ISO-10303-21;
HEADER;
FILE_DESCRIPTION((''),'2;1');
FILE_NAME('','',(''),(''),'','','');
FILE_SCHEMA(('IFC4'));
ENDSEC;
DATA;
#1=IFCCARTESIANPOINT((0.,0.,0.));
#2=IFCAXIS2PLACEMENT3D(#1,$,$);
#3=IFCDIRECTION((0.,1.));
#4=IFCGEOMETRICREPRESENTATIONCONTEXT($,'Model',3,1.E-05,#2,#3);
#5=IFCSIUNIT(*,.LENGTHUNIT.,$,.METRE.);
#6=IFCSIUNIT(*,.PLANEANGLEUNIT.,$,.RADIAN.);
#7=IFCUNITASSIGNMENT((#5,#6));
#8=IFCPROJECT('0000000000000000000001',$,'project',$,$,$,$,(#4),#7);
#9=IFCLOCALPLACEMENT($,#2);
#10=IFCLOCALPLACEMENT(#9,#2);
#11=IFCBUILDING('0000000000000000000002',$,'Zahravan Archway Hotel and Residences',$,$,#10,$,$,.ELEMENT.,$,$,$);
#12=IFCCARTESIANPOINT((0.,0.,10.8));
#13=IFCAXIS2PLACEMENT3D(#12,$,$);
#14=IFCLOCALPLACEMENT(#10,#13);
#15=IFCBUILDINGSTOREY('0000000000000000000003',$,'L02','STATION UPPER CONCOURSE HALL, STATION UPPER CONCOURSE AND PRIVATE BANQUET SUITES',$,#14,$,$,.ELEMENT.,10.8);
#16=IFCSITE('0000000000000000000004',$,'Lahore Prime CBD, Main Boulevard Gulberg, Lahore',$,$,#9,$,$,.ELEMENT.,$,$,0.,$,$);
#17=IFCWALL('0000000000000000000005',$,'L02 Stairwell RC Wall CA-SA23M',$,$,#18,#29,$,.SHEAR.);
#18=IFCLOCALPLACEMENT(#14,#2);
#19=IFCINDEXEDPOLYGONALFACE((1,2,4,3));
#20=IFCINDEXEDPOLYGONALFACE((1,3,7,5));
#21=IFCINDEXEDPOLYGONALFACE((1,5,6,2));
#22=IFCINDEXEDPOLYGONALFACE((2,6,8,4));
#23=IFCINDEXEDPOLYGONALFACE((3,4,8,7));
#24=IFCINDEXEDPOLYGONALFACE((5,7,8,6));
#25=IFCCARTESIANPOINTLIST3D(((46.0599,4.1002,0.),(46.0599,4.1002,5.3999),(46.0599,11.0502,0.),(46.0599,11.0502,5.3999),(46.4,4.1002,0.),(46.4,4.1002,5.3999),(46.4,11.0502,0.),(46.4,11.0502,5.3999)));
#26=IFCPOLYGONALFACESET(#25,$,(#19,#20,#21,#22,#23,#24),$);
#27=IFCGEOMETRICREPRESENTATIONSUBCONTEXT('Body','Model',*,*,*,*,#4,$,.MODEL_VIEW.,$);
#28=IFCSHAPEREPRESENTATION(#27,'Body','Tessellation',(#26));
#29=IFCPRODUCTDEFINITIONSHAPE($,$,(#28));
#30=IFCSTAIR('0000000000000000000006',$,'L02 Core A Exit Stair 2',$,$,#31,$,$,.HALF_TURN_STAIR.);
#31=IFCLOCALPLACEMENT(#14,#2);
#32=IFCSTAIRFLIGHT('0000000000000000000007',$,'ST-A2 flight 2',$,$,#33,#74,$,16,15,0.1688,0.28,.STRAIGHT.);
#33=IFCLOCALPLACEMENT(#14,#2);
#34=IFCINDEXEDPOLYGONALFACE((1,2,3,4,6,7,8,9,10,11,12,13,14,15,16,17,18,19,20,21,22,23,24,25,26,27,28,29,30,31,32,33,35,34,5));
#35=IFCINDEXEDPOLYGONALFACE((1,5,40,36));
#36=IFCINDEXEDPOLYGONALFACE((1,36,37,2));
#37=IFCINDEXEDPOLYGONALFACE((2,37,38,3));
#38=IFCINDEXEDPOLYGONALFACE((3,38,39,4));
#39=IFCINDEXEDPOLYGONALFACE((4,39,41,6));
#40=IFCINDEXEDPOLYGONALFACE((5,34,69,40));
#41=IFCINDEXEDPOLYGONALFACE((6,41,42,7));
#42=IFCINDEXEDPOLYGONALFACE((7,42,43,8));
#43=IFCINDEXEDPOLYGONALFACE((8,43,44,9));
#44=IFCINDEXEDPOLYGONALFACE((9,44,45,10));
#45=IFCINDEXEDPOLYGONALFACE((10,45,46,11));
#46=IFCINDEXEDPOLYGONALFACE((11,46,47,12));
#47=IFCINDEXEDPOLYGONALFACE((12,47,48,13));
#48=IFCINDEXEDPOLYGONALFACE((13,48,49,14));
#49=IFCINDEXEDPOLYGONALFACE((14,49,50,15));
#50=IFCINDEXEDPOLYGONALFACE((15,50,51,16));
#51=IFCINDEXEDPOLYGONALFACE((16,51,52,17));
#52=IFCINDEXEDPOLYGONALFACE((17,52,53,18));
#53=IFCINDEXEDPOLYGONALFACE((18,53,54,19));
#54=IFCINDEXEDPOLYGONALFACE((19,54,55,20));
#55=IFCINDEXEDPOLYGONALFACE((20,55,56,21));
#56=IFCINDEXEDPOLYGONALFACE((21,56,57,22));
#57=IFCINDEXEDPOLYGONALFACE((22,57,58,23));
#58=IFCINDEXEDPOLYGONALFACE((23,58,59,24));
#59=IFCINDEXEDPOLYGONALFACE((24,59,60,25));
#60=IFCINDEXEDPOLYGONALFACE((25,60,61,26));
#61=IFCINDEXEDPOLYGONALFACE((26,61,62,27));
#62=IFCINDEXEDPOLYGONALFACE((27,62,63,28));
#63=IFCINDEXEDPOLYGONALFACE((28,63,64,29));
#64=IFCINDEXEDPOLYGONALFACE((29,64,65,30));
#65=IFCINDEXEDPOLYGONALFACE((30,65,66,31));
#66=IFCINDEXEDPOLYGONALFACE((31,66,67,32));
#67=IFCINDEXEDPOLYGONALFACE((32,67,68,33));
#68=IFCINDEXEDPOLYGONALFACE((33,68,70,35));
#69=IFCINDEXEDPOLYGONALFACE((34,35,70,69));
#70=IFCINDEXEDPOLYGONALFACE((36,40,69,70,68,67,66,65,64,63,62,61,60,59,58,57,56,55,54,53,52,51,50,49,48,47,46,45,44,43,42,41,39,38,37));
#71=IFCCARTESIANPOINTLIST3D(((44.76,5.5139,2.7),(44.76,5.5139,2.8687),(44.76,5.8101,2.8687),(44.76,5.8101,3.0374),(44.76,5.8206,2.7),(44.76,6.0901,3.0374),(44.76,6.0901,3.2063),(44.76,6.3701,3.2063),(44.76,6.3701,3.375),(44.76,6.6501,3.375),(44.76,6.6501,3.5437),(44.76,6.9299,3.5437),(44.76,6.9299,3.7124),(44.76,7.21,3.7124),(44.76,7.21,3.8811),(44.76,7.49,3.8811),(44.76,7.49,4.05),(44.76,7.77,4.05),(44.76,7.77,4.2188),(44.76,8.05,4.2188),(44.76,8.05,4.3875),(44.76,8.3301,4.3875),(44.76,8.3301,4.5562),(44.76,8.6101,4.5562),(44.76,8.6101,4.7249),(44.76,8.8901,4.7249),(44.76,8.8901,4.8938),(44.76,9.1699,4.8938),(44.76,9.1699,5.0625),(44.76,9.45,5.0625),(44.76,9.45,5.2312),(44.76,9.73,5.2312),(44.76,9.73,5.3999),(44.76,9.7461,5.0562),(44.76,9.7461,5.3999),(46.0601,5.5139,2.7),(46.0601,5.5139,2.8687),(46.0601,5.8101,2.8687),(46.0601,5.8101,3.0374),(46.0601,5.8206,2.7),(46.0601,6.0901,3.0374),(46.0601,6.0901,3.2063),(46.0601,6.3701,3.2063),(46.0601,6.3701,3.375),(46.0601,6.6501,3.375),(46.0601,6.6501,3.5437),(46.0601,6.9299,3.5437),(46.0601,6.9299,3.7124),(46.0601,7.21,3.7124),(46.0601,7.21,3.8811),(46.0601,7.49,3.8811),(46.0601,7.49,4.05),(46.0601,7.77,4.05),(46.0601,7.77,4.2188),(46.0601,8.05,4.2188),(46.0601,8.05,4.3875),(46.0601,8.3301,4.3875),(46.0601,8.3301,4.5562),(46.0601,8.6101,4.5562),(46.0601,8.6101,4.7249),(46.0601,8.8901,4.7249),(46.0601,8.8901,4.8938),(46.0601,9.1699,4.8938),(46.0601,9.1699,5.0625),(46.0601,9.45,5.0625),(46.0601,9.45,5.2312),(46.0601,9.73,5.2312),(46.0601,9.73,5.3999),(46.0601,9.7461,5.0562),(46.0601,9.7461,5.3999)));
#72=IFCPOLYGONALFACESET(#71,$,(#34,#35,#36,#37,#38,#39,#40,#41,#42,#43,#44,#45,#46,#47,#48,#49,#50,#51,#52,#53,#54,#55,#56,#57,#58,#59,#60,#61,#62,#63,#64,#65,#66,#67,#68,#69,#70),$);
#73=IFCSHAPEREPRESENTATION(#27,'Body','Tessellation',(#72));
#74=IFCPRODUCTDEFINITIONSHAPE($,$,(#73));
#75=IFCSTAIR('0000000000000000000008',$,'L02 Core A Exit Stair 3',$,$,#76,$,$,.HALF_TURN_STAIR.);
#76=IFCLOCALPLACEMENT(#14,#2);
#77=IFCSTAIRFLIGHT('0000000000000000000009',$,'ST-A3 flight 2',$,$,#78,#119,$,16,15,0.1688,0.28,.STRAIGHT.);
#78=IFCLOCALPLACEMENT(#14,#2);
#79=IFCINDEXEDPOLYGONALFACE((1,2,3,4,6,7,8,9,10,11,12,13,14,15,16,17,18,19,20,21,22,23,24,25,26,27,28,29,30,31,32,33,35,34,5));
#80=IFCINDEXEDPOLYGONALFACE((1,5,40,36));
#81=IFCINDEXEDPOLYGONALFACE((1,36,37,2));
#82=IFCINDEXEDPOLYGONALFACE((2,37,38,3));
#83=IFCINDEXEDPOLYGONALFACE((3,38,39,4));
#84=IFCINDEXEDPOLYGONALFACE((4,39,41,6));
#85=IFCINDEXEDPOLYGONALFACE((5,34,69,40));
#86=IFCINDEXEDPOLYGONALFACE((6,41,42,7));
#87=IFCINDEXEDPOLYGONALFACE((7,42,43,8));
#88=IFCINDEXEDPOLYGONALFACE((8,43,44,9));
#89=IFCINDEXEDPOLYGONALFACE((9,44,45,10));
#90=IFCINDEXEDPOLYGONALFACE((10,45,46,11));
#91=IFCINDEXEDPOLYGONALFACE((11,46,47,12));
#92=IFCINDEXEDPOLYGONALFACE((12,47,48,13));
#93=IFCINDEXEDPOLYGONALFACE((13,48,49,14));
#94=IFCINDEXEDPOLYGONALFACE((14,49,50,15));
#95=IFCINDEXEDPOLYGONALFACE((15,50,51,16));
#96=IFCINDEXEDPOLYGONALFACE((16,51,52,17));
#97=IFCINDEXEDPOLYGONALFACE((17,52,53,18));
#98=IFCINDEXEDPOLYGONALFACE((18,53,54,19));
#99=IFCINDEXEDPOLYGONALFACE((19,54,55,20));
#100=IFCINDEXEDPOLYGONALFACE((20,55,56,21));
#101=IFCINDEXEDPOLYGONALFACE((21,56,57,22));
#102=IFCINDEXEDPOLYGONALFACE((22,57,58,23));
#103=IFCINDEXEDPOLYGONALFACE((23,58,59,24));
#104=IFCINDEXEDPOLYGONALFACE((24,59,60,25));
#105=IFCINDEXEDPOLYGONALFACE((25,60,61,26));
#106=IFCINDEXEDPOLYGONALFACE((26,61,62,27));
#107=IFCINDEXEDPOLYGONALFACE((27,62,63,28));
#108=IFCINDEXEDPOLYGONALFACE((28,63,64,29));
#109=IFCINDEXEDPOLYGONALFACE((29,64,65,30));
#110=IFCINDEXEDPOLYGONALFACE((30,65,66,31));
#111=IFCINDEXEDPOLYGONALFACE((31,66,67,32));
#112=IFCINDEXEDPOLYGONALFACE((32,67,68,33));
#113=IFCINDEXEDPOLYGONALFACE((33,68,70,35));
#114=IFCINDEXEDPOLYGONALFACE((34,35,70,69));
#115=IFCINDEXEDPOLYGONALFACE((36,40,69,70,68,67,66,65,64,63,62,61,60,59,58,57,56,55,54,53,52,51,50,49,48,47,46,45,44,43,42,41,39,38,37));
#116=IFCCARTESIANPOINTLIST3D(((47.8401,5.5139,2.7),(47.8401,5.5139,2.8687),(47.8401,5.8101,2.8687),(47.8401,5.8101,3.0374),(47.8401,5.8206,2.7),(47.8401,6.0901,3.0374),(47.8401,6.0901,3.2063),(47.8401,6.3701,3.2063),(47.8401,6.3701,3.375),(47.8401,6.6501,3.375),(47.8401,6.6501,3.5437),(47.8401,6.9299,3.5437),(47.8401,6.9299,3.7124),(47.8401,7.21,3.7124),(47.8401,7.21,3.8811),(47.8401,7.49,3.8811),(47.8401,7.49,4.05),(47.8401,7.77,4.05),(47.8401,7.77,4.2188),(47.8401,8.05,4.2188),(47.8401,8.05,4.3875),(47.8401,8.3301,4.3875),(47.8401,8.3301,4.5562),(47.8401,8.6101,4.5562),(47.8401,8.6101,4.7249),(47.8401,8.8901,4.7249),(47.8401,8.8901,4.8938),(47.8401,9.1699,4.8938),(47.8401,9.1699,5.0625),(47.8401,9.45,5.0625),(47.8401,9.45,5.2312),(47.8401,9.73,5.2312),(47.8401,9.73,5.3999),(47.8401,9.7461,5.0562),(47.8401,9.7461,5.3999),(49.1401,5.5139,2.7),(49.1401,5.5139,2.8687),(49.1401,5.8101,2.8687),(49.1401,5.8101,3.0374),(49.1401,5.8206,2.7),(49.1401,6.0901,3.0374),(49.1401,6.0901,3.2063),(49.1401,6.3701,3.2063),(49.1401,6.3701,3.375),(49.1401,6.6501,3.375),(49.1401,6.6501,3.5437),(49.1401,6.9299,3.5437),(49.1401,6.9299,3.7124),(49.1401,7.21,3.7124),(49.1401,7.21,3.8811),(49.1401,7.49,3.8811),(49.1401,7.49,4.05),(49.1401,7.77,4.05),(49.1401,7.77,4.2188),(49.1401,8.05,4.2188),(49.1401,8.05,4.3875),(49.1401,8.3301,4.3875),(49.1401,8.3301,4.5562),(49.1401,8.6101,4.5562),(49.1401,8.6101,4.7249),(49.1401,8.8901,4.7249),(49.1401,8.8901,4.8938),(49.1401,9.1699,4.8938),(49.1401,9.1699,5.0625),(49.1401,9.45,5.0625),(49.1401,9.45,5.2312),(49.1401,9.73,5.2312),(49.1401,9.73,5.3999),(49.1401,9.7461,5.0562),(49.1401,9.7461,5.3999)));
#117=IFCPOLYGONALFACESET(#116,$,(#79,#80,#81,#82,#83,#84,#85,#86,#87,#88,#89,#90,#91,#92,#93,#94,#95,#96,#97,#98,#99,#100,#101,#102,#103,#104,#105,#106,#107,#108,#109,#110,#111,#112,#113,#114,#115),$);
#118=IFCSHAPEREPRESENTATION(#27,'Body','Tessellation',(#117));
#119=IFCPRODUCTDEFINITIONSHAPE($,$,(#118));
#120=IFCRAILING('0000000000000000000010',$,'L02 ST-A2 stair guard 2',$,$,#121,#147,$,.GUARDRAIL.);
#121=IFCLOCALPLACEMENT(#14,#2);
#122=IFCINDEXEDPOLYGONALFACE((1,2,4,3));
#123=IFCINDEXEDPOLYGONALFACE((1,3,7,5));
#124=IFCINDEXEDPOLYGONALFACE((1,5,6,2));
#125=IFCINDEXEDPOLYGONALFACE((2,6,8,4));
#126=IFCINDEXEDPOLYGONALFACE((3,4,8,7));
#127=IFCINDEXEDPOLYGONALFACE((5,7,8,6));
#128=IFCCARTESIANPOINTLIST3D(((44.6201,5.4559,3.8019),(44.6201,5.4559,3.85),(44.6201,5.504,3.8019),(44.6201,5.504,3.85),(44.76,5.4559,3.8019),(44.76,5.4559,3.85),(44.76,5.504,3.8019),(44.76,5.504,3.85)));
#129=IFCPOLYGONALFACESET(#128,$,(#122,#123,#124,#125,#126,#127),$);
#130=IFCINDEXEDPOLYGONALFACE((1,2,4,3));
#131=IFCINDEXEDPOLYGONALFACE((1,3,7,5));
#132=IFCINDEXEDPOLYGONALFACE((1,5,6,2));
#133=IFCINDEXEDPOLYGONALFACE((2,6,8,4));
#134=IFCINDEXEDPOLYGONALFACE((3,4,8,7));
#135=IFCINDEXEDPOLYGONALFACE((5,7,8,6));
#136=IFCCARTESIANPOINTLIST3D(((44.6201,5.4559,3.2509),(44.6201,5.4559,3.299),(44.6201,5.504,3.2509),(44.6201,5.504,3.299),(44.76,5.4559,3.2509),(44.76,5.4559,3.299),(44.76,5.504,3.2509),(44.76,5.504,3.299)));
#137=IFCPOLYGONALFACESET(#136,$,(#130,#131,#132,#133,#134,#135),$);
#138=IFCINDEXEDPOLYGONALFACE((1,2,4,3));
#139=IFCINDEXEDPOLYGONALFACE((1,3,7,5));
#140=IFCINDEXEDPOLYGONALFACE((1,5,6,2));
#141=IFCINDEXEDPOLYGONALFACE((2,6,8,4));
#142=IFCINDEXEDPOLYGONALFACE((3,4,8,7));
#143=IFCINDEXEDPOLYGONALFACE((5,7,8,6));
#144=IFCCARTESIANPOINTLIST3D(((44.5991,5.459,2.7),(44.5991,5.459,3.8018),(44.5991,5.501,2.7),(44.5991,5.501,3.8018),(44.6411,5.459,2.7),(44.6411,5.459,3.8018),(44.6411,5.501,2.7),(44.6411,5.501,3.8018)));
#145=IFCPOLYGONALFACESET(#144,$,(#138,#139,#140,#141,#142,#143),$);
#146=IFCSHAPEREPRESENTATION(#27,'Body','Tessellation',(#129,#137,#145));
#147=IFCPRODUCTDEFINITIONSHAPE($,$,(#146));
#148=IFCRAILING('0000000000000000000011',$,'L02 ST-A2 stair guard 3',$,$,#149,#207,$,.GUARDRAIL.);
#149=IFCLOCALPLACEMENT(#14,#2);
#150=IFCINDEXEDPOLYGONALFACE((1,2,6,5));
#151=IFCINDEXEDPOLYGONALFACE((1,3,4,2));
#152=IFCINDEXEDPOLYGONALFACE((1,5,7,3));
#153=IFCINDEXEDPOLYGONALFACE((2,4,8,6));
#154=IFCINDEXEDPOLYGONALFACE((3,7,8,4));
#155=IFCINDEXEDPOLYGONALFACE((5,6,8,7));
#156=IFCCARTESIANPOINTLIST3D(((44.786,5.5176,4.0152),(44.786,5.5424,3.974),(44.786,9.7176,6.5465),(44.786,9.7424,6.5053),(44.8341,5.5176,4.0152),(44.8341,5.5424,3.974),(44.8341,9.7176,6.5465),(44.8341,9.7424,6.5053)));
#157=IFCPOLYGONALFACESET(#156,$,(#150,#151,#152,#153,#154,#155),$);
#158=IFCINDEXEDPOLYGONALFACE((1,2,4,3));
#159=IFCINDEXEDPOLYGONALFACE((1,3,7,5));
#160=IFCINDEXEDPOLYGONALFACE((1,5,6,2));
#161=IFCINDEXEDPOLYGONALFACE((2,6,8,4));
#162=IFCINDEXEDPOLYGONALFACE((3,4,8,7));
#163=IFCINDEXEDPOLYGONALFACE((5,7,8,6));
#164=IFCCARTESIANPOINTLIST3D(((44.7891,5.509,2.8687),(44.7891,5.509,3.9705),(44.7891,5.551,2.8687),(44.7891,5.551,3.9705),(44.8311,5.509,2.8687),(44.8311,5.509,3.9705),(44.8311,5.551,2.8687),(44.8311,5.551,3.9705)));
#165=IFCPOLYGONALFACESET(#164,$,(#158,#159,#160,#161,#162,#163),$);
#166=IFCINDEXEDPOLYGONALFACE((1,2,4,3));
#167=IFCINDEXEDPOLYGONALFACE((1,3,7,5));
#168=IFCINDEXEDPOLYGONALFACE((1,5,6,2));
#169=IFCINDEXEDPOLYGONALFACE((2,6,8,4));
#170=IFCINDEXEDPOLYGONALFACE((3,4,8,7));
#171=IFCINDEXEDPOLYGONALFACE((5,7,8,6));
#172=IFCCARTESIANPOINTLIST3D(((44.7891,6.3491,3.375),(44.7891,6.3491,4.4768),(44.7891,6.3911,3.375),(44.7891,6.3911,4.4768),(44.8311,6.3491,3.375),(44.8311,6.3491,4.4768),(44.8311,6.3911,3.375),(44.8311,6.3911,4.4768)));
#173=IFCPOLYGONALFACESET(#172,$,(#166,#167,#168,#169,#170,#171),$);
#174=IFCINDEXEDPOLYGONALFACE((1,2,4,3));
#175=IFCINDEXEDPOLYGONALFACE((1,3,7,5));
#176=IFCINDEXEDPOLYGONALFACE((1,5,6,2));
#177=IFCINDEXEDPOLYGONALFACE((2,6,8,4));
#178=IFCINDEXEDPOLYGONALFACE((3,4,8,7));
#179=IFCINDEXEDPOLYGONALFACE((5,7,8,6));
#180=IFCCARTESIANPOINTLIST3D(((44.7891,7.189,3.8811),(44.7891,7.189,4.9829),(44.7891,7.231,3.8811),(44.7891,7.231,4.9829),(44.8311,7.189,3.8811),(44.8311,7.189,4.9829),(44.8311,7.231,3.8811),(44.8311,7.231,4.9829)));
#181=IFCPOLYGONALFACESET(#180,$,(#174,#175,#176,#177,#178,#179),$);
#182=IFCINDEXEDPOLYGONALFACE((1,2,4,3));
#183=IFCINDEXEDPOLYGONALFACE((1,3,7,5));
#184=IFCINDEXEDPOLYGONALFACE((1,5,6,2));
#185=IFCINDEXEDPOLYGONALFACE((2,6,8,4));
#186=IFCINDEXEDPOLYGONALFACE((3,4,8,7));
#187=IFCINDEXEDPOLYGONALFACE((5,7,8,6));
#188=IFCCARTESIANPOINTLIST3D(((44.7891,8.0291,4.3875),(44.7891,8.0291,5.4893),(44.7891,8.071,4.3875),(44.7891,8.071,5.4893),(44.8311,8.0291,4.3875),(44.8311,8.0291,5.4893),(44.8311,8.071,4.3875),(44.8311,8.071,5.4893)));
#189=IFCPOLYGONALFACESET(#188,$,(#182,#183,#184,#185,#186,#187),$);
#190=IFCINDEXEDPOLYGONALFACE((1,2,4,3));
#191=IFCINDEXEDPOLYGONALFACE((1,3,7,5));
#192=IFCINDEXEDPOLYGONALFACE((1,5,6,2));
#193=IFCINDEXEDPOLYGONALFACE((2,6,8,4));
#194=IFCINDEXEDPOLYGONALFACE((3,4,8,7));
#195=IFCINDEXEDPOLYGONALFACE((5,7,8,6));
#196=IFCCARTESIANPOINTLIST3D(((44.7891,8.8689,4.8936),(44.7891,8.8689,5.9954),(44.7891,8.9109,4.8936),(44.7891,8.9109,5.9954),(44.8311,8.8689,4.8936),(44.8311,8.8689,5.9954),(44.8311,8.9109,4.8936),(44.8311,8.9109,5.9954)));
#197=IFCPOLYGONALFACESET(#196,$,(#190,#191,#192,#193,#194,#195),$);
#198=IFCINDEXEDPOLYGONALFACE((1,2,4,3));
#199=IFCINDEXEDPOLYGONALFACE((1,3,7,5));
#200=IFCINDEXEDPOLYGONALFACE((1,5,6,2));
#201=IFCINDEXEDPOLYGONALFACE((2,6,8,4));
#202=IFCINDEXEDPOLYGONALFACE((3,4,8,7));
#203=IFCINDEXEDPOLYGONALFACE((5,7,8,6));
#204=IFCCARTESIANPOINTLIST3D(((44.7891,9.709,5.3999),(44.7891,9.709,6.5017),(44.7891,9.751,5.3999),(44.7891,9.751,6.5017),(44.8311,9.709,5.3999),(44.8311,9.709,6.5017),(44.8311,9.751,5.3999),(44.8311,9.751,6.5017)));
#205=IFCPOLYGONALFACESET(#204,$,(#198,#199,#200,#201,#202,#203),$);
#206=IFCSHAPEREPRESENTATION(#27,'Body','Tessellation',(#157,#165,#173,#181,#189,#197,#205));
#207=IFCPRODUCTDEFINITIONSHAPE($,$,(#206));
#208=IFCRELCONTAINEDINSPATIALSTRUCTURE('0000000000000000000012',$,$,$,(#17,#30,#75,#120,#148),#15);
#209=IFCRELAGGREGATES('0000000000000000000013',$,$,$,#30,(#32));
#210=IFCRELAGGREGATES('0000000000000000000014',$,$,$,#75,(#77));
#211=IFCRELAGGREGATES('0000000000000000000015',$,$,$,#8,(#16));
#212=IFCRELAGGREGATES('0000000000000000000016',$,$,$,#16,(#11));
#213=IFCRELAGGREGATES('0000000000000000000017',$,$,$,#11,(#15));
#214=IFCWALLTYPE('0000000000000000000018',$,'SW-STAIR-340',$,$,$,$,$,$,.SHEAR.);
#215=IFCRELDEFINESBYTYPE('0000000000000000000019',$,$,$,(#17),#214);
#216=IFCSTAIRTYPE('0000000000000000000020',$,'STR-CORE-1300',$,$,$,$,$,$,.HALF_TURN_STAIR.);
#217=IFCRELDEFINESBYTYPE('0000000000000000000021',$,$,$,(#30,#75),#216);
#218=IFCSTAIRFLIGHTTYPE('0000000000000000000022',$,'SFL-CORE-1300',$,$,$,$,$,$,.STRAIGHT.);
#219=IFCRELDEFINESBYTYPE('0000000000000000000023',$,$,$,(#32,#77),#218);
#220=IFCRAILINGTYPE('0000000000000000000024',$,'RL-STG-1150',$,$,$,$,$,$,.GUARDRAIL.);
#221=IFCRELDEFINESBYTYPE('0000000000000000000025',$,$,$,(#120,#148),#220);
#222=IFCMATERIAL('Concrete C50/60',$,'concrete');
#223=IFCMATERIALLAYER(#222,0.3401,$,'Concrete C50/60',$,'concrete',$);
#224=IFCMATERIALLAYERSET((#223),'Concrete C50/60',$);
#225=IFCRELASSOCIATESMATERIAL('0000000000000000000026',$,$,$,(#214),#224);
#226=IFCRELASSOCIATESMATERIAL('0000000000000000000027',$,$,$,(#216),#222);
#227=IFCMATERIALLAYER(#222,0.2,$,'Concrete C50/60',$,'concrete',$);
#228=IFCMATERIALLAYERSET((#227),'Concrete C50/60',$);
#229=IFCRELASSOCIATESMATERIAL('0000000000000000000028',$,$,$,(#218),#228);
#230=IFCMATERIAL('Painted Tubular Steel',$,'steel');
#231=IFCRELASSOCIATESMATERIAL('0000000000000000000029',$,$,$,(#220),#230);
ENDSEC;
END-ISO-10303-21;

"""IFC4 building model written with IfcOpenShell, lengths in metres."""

from ifc_helpers import new_model, si_unit, direction, frame, frame_2d, origin, origin_2d, place, context, subcontext, project, spatial, polyline, rectangle, outline, extrude, source, transform, mapped, material, layer, layer_set, type_object, element, aggregate, save


model = new_model("IFC4")

# Units and contexts
model_context = context("Model", 3, precision=1e-05, world=origin(), true_north=direction((0.0, 1.0)))
body_context = subcontext(model_context, "Body", "Model", "MODEL_VIEW")
ifc_project = project(units=[si_unit("LENGTHUNIT", "METRE"), si_unit("PLANEANGLEUNIT", "RADIAN")], contexts=[model_context])

# Site, building, storey
site_placement = place(None, origin())
site = spatial("IfcSite", under=ifc_project, at=site_placement, Name="Lahore Prime CBD, Main Boulevard Gulberg, Lahore", CompositionType="ELEMENT", RefElevation=0.0)
building_placement = place(site_placement, origin())
building = spatial("IfcBuilding", under=site, at=building_placement, Name="Zahravan Archway Hotel and Residences", CompositionType="ELEMENT")
storey_placement = place(building_placement, frame((0.0, 0.0, 10.8)))
storey = spatial("IfcBuildingStorey", under=building, at=storey_placement, Name="L02", Description="STATION UPPER CONCOURSE HALL, STATION UPPER CONCOURSE AND PRIVATE BANQUET SUITES", CompositionType="ELEMENT", Elevation=10.8)

# Wall
ifc_material_1 = material(Name="Concrete C50/60", Category="concrete")
ifc_layer_1 = layer(ifc_material_1, 0.3401, Name="Concrete C50/60", Category="concrete")
ifc_layer_set_1 = layer_set([ifc_layer_1], Name="Concrete C50/60")
wall_type_1 = type_object("IfcWallType", Name="SW-STAIR-340", PredefinedType="SHEAR", material=ifc_layer_set_1)
wall_1_placement = place(storey_placement, frame((46.23, 4.1001, 0.0), z_axis=(0.0, 0.0, 1.0), x_axis=(0.0, 1.0, 0.0)))
element("IfcWall", 1, at=wall_1_placement, inside=storey, type_object=wall_type_1, Name="L02 Stairwell RC Wall CA-SA23M", PredefinedType="SHEAR", context=body_context, shape_type="SweptSolid", body=[
    extrude(rectangle(XDim=6.95, YDim=0.3401, at=frame_2d((3.4751, 0.0))), origin(), (0.0, 0.0, 1.0), 5.3999),
])

# Stairs, stair flights
stair_type = type_object("IfcStairType", Name="STR-CORE-1300", PredefinedType="HALF_TURN_STAIR", material=ifc_material_1)
stair_1_placement = place(storey_placement, origin())
stair_1 = element("IfcStair", 2, at=stair_1_placement, inside=storey, type_object=stair_type, Name="L02 Core A Exit Stair 2", PredefinedType="HALF_TURN_STAIR")
ifc_layer_2 = layer(ifc_material_1, 0.2, Name="Concrete C50/60", Category="concrete")
ifc_layer_set_2 = layer_set([ifc_layer_2], Name="Concrete C50/60")
stair_flight_type = type_object("IfcStairFlightType", Name="SFL-CORE-1300", PredefinedType="STRAIGHT", material=ifc_layer_set_2)
shared_shape_1 = source(origin(), body_context, "Body", "SweptSolid", [
    extrude(outline(polyline([(-0.0161, 0.0), (-0.0161, 0.1687), (0.28, 0.1687), (0.28, 0.3374), (0.5601, 0.3374), (0.5601, 0.5063), (0.8401, 0.5063), (0.8401, 0.675), (1.1201, 0.675), (1.1201, 0.8438), (1.3999, 0.8438), (1.3999, 1.0125), (1.6799, 1.0125), (1.6799, 1.1812), (1.96, 1.1812), (1.96, 1.3501), (2.24, 1.3501), (2.24, 1.5188), (2.52, 1.5188), (2.52, 1.6875), (2.8, 1.6875), (2.8, 1.8562), (3.0801, 1.8562), (3.0801, 2.0249), (3.3601, 2.0249), (3.3601, 2.1938), (3.6399, 2.1938), (3.6399, 2.3625), (3.9199, 2.3625), (3.9199, 2.5312), (4.2, 2.5312), (4.2, 2.7), (4.2161, 2.7), (4.2161, 2.3562), (0.2905, 0.0), (-0.0161, 0.0)])), frame((0.0, 0.6499, 0.0), z_axis=(0.0, -1.0, 0.0), x_axis=(1.0, 0.0, 0.0)), (0.0, 0.0, 1.0), 1.3),
])
stair_flight_1_placement = place(storey_placement, frame((45.4099, 5.53, 2.7), z_axis=(0.0, 0.0, 1.0), x_axis=(0.0, 1.0, 0.0)))
stair_flight_1 = element("IfcStairFlight", 3, at=stair_flight_1_placement, type_object=stair_flight_type, Name="ST-A2 flight 2", NumberOfRisers=16, NumberOfTreads=15, PredefinedType="STRAIGHT", RiserHeight=0.1688, TreadLength=0.28, context=body_context, shape_type="MappedRepresentation", body=[
    mapped(shared_shape_1, transform((0.0, 0.0, 0.0), scale=1.0)),
])
aggregate(stair_1, [stair_flight_1])
stair_2_placement = place(storey_placement, origin())
stair_2 = element("IfcStair", 4, at=stair_2_placement, inside=storey, type_object=stair_type, Name="L02 Core A Exit Stair 3", PredefinedType="HALF_TURN_STAIR")
stair_flight_2_placement = place(storey_placement, frame((48.49, 5.53, 2.7), z_axis=(0.0, 0.0, 1.0), x_axis=(0.0, 1.0, 0.0)))
stair_flight_2 = element("IfcStairFlight", 5, at=stair_flight_2_placement, type_object=stair_flight_type, Name="ST-A3 flight 2", NumberOfRisers=16, NumberOfTreads=15, PredefinedType="STRAIGHT", RiserHeight=0.1688, TreadLength=0.28, context=body_context, shape_type="MappedRepresentation", body=[
    mapped(shared_shape_1, transform((0.0, 0.0, 0.0), scale=1.0)),
])
aggregate(stair_2, [stair_flight_2])

# Railings
ifc_material_2 = material(Name="Painted Tubular Steel", Category="steel")
railing_type_1 = type_object("IfcRailingType", Name="RL-STG-1150", PredefinedType="GUARDRAIL", material=ifc_material_2)
railing_1_placement = place(storey_placement, frame((44.6201, 5.48, 2.7)))
element("IfcRailing", 6, at=railing_1_placement, inside=storey, type_object=railing_type_1, Name="L02 ST-A2 stair guard 2", PredefinedType="GUARDRAIL", context=body_context, shape_type="SweptSolid", body=[
    extrude(rectangle(XDim=0.0481, YDim=0.0481, at=origin_2d()), frame((0.0, 0.0, 1.126), z_axis=(1.0, 0.0, 0.0), x_axis=(0.0, 1.0, 0.0)), (0.0, 0.0, 1.0), 0.1399),
    extrude(rectangle(XDim=0.0481, YDim=0.0481, at=origin_2d()), frame((0.0, 0.0, 0.575), z_axis=(1.0, 0.0, 0.0), x_axis=(0.0, 1.0, 0.0)), (0.0, 0.0, 1.0), 0.1399),
    extrude(rectangle(XDim=0.042, YDim=0.042, at=origin_2d()), origin(), (0.0, 0.0, 1.0), 1.1018),
])
railing_2_placement = place(storey_placement, frame((44.8101, 5.53, 2.8687)))
element("IfcRailing", 7, at=railing_2_placement, inside=storey, type_object=railing_type_1, Name="L02 ST-A2 stair guard 3", PredefinedType="GUARDRAIL", context=body_context, shape_type="SweptSolid", body=[
    extrude(rectangle(XDim=0.0481, YDim=0.0481, at=origin_2d()), frame((0.0, 0.0, 1.126), z_axis=(0.0, 0.856476, 0.516186), x_axis=(-1.0, 0.0, 0.0)), (0.0, 0.0, 1.0), 4.9038),
    extrude(rectangle(XDim=0.042, YDim=0.042, at=origin_2d()), origin(), (0.0, 0.0, 1.0), 1.1018),
    extrude(rectangle(XDim=0.042, YDim=0.042, at=origin_2d()), frame((0.0, 0.8401, 0.5063)), (0.0, 0.0, 1.0), 1.1018),
    extrude(rectangle(XDim=0.042, YDim=0.042, at=origin_2d()), frame((0.0, 1.6799, 1.0125)), (0.0, 0.0, 1.0), 1.1018),
    extrude(rectangle(XDim=0.042, YDim=0.042, at=origin_2d()), frame((0.0, 2.52, 1.5188)), (0.0, 0.0, 1.0), 1.1018),
    extrude(rectangle(XDim=0.042, YDim=0.042, at=origin_2d()), frame((0.0, 3.3599, 2.0249)), (0.0, 0.0, 1.0), 1.1018),
    extrude(rectangle(XDim=0.042, YDim=0.042, at=origin_2d()), frame((0.0, 4.2, 2.5312)), (0.0, 0.0, 1.0), 1.1018),
])

save(model, "model.ifc")
